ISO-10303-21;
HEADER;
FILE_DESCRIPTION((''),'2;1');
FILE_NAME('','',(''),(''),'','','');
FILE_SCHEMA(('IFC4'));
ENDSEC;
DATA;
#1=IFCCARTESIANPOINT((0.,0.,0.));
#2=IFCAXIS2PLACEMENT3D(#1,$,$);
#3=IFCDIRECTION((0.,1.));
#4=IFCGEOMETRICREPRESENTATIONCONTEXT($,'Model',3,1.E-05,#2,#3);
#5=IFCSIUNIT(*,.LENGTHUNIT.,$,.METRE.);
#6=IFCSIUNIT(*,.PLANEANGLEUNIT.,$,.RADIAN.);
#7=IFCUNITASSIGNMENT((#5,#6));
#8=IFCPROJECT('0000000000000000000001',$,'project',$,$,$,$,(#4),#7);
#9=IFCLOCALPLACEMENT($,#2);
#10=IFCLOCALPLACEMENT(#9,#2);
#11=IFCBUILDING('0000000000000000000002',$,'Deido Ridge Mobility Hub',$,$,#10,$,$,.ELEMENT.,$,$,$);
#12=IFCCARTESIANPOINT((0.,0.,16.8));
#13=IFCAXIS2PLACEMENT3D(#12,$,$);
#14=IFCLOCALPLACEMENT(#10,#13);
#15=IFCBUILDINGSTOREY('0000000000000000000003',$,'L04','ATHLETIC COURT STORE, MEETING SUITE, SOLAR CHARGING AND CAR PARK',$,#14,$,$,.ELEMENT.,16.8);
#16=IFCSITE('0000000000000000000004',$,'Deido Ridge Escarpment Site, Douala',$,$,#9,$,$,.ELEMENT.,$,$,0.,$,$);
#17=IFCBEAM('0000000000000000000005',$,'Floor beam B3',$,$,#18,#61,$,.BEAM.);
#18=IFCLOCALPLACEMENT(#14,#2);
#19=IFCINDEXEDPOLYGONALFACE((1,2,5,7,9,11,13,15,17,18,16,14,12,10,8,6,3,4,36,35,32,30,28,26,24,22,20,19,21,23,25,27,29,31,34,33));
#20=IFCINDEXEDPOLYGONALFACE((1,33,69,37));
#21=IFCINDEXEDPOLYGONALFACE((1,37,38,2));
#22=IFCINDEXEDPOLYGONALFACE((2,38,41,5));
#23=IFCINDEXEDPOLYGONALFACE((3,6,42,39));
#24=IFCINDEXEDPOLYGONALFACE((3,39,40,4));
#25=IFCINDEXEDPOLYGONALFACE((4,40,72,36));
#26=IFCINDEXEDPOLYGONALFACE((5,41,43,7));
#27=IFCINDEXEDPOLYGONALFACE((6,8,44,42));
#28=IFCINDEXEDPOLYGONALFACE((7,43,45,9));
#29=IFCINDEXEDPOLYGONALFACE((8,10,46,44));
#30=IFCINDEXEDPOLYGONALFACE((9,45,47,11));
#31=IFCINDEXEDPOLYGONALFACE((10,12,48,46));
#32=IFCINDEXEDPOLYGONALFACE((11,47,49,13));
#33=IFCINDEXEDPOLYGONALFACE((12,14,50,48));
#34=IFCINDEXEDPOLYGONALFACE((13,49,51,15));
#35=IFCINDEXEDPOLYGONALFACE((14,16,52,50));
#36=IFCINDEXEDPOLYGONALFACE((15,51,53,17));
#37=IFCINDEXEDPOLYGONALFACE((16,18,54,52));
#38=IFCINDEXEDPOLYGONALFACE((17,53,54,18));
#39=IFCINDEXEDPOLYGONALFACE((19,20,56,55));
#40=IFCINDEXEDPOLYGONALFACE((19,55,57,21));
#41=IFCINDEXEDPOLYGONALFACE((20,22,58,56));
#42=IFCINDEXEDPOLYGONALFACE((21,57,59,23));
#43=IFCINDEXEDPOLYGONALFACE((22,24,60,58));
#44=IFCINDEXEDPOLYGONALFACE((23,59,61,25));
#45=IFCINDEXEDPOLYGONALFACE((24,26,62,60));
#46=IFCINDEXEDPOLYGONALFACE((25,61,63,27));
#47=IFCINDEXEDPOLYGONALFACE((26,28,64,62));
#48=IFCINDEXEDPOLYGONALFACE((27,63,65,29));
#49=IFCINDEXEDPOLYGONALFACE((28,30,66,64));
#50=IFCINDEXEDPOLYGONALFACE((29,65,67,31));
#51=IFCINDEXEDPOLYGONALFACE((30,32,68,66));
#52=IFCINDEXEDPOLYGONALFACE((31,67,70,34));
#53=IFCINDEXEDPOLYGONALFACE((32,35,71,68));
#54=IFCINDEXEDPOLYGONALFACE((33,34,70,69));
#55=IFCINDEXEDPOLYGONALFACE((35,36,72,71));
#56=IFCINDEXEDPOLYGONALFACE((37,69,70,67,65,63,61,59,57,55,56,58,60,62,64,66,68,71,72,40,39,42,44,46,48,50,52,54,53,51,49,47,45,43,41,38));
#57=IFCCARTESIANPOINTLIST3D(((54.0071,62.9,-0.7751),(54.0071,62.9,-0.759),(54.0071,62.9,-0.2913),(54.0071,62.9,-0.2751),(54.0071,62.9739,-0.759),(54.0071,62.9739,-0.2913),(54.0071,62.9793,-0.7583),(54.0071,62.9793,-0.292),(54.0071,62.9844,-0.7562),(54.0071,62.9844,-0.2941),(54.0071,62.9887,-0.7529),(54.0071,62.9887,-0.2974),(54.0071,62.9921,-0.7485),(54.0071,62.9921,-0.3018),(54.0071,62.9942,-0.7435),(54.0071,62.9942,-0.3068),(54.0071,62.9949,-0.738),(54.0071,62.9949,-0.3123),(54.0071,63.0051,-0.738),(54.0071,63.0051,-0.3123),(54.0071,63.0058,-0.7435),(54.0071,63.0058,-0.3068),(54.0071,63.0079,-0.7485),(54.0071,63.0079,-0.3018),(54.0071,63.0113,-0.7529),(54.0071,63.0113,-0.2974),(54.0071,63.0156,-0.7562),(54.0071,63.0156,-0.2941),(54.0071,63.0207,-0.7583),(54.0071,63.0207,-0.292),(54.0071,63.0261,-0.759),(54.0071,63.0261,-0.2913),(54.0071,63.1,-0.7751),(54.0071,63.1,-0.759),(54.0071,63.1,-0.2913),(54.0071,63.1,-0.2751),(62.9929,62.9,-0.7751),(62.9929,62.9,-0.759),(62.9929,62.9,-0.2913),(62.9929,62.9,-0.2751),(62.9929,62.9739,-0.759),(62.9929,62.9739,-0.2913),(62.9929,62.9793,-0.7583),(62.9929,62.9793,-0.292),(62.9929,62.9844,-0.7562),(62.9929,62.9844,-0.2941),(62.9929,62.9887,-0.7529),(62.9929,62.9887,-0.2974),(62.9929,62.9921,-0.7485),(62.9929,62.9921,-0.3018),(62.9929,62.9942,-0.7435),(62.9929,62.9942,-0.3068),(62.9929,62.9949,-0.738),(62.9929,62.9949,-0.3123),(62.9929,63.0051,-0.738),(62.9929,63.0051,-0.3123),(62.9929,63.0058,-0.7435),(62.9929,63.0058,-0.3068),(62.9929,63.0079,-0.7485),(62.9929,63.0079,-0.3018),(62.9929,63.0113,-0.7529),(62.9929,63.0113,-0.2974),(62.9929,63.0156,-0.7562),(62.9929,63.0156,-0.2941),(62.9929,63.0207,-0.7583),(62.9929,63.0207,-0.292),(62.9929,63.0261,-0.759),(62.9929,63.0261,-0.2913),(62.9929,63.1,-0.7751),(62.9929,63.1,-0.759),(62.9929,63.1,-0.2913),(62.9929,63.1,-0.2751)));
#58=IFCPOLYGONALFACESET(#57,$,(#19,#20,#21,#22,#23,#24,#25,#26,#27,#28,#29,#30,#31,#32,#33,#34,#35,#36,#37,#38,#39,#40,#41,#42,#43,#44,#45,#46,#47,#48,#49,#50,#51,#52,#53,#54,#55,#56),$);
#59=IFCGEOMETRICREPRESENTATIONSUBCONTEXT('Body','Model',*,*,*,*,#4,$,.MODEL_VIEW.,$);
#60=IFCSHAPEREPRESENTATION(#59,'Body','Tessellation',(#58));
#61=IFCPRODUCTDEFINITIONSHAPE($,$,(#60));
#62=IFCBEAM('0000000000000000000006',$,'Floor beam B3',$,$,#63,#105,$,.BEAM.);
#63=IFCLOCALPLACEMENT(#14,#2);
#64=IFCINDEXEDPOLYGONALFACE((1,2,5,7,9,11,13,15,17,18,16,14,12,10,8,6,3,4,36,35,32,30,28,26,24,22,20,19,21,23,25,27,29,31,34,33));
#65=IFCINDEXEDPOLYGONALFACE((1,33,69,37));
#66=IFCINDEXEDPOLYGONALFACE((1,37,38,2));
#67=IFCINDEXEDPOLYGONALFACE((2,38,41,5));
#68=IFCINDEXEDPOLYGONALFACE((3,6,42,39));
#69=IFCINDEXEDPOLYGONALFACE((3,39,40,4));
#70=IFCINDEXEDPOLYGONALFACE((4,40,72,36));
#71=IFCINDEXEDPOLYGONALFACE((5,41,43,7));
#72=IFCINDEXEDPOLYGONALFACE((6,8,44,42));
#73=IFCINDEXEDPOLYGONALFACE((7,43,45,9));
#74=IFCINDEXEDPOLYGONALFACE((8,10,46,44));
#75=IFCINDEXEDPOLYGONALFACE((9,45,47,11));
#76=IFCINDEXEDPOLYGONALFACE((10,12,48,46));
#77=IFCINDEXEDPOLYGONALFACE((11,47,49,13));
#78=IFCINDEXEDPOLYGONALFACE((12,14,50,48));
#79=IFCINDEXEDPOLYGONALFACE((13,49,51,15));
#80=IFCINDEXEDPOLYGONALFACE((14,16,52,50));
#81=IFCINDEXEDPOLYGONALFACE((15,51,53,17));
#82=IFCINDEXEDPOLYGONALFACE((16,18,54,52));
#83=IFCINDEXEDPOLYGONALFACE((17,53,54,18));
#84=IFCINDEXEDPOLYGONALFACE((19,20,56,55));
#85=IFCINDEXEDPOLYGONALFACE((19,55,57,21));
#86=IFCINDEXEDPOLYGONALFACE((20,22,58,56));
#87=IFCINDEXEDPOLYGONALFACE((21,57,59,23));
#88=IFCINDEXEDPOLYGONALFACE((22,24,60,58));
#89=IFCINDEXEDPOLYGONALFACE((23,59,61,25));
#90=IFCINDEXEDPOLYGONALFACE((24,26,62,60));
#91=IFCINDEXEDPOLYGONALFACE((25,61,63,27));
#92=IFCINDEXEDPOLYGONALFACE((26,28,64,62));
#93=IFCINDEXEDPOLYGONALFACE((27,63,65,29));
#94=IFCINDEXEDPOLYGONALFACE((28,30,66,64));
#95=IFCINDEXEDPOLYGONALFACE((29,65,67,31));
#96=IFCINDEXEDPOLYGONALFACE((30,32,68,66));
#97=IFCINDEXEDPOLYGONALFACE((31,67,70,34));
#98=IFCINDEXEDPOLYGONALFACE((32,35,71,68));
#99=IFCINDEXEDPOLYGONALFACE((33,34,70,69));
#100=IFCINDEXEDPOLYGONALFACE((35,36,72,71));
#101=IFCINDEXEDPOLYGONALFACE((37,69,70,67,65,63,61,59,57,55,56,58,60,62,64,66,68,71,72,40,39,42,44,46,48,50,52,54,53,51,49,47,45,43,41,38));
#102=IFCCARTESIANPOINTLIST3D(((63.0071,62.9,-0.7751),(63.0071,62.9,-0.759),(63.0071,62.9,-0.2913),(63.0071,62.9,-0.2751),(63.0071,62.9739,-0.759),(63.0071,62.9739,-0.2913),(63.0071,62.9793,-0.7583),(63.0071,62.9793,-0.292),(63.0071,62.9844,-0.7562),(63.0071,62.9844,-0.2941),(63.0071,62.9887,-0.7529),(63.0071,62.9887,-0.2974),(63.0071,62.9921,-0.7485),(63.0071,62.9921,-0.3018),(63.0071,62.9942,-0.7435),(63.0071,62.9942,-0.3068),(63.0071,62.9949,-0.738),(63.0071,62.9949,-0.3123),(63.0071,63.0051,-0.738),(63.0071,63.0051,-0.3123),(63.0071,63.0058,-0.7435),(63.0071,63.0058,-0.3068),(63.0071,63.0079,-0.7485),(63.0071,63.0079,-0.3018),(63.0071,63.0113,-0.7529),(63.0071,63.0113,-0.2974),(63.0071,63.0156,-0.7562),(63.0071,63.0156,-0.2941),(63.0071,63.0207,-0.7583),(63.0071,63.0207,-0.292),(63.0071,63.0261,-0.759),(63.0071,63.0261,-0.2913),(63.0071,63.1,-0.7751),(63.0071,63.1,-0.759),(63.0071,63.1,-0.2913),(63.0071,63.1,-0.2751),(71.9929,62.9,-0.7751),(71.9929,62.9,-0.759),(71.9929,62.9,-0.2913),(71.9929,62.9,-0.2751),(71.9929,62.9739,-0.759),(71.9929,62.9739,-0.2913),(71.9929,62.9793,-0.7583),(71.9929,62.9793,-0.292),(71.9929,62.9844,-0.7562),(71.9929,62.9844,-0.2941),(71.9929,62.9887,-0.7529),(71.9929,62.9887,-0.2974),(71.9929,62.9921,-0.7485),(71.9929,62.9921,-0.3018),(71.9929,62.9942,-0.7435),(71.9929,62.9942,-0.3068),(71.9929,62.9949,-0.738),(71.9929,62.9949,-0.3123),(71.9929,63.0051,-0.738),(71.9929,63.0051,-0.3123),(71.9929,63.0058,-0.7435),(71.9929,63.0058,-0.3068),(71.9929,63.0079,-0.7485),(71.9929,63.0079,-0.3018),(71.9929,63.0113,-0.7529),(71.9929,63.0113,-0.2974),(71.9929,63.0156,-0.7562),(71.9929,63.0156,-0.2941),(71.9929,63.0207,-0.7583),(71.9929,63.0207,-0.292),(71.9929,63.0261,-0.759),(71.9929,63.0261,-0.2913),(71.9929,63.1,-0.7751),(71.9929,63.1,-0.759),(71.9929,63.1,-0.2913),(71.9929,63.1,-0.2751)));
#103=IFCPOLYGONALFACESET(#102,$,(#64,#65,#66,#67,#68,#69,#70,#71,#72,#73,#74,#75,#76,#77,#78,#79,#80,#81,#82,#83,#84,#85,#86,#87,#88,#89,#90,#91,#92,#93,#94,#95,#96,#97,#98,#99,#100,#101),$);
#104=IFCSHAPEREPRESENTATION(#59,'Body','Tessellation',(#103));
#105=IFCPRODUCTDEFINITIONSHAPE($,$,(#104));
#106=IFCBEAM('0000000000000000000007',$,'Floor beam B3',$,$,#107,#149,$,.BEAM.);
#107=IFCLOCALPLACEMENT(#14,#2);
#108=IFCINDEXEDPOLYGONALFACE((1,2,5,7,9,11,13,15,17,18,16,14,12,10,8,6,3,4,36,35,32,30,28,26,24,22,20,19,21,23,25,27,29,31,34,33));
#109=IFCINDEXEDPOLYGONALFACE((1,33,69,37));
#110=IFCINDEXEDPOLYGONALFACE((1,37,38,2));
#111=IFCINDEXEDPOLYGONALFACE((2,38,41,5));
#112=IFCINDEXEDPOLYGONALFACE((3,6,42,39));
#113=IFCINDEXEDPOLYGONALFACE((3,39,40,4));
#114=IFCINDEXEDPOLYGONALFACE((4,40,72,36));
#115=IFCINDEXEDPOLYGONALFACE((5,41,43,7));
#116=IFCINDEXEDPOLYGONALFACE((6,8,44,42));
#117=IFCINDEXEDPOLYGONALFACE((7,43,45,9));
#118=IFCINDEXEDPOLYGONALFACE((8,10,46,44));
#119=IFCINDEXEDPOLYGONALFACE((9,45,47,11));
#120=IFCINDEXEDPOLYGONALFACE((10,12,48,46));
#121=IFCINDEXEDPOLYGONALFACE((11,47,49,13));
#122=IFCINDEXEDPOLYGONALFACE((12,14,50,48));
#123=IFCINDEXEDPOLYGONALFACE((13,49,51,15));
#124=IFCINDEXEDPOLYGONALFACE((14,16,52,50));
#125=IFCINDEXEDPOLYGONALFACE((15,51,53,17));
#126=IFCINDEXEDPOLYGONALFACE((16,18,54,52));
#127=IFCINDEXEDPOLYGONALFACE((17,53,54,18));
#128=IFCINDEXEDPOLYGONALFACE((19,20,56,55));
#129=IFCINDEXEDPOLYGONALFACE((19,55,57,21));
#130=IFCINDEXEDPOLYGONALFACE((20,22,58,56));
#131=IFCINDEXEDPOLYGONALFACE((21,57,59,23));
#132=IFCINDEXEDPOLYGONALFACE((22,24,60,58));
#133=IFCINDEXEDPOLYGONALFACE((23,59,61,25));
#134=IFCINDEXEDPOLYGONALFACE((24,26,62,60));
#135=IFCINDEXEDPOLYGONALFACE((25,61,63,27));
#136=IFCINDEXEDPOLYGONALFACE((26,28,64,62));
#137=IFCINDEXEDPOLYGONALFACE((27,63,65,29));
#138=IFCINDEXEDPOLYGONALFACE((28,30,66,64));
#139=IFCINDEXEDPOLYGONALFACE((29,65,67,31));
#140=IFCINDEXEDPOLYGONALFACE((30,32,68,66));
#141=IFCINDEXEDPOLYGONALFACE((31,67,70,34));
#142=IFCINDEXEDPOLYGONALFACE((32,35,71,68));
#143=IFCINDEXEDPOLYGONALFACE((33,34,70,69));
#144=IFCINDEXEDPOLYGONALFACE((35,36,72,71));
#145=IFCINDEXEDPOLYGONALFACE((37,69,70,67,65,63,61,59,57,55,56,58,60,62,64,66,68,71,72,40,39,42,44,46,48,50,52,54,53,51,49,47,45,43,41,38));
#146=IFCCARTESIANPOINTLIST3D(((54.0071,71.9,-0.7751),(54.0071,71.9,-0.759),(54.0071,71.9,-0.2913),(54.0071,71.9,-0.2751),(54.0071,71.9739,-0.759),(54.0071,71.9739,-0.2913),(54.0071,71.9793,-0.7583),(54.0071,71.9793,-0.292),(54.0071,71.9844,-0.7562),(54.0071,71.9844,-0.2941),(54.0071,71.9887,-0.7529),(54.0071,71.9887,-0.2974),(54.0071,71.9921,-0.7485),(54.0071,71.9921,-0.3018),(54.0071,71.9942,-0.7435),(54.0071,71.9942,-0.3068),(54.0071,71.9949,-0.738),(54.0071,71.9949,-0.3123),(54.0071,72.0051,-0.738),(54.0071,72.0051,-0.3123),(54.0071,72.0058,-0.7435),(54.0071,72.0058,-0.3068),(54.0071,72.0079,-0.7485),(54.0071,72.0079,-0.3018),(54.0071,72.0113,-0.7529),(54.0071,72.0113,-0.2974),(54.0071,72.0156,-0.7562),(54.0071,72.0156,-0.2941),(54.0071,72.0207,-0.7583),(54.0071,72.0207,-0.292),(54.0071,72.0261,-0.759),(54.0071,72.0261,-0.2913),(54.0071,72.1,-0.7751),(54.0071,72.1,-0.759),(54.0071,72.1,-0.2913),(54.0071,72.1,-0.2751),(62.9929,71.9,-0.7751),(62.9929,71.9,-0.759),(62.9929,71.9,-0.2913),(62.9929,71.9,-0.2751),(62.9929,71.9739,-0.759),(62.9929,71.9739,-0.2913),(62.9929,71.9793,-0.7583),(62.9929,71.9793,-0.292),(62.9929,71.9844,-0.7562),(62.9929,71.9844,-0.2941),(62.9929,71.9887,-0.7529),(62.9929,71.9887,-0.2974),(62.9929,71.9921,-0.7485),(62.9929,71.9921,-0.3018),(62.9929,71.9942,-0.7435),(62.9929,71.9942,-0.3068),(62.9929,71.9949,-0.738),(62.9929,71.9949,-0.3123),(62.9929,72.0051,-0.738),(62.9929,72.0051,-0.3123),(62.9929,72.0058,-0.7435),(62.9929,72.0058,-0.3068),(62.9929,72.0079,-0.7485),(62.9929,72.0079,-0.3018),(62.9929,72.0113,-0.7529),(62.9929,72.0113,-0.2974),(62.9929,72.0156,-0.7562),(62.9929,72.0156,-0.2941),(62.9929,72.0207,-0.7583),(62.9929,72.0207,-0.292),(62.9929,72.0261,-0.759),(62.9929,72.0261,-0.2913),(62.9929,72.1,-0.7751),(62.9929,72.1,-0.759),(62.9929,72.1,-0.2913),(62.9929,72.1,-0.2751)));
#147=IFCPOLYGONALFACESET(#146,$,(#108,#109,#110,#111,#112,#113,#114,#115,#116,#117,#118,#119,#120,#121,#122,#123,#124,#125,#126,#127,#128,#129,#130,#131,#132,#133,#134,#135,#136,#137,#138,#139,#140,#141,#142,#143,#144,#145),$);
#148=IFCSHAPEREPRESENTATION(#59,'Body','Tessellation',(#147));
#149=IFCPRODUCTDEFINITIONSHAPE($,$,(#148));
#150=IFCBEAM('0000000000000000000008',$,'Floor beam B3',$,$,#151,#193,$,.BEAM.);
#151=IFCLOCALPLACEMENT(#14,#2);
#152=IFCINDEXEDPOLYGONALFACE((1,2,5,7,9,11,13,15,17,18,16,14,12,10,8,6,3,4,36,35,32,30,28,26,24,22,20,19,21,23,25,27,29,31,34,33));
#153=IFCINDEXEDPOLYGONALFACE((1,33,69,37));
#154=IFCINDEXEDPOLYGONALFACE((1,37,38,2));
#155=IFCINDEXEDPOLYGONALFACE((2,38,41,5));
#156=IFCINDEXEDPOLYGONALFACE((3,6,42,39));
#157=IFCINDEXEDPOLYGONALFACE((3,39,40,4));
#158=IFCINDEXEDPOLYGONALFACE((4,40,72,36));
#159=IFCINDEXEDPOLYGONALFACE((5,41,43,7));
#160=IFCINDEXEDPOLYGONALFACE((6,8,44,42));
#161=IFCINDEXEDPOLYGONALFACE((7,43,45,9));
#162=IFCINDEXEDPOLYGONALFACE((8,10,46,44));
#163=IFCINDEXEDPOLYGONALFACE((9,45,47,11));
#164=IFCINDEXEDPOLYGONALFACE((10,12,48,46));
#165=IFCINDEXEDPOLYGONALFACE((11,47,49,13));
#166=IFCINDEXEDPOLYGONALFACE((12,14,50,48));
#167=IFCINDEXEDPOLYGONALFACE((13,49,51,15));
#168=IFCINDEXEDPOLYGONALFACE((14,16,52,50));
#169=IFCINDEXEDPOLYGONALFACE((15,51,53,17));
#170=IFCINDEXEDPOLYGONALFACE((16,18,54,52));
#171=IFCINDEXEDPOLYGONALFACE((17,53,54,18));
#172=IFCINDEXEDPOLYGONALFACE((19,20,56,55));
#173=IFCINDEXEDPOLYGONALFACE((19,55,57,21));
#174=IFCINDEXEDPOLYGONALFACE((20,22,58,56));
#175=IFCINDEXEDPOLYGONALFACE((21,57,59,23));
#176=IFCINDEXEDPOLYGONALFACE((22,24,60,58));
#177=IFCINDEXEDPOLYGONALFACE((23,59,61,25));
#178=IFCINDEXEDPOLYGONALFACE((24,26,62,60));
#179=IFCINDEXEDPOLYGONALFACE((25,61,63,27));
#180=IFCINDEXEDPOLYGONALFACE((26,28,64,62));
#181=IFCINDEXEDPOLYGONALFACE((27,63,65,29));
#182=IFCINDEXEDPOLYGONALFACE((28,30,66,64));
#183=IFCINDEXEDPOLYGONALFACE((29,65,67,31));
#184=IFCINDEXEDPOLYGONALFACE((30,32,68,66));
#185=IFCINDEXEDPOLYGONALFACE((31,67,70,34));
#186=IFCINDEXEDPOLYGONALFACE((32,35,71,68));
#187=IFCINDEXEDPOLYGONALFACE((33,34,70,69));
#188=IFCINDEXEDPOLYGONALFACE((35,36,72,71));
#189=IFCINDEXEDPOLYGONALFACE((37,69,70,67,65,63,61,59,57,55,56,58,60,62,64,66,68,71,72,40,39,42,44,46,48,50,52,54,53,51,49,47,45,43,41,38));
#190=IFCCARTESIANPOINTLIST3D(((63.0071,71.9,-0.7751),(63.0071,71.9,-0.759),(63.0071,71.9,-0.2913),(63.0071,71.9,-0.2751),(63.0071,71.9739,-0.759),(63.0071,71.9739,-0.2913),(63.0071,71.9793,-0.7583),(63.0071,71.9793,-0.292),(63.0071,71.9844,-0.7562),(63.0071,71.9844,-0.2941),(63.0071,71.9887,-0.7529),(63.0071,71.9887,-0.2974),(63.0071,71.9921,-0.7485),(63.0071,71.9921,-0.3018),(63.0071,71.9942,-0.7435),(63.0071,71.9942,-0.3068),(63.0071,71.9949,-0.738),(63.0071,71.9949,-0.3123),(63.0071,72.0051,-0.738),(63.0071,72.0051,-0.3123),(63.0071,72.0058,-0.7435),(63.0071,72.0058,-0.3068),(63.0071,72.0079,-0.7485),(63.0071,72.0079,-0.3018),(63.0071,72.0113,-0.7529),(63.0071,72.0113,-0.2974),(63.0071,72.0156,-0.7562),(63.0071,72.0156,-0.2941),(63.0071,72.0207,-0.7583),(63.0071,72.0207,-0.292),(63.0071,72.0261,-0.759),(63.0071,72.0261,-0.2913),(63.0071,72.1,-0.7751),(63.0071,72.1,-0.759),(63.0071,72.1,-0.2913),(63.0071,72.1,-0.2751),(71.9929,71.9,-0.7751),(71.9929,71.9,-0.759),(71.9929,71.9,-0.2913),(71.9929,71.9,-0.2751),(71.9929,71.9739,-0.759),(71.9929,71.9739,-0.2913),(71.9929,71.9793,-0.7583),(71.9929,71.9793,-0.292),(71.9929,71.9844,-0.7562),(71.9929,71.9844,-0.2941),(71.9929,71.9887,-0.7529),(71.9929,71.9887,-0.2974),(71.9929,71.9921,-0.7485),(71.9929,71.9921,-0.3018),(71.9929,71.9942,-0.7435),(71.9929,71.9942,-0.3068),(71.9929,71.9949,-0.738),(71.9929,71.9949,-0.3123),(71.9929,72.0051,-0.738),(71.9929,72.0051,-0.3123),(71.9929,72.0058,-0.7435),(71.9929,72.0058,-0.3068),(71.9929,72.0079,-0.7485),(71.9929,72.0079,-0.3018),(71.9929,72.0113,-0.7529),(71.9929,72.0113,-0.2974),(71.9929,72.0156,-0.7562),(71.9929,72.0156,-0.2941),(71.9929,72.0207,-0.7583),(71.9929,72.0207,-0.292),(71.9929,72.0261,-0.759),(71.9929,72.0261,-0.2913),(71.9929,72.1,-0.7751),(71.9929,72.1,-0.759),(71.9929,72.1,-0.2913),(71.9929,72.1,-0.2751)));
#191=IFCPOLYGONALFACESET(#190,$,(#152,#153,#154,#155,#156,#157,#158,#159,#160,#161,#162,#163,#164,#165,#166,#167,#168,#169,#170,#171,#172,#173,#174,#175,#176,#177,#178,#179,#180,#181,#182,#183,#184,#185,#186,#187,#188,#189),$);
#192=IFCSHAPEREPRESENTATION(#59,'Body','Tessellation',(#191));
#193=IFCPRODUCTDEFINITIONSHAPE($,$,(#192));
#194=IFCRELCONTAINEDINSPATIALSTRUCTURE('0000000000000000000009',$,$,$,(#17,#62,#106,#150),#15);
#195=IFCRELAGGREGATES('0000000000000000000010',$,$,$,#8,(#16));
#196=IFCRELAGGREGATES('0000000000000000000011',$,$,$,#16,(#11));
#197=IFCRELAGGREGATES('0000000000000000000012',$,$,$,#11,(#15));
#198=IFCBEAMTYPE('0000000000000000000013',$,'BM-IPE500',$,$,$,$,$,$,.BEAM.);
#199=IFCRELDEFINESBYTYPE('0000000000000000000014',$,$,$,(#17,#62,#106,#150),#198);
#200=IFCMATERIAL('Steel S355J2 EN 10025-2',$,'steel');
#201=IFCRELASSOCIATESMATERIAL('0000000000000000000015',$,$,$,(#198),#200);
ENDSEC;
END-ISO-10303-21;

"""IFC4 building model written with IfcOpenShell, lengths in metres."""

from ifc_helpers import new_model, si_unit, direction, frame, origin, origin_2d, place, context, subcontext, project, spatial, i_section, extrude, material, material_profile, profile_set, type_object, element, save


model = new_model("IFC4")

# Units and contexts
model_context = context("Model", 3, precision=1e-05, world=origin(), true_north=direction((0.0, 1.0)))
body_context = subcontext(model_context, "Body", "Model", "MODEL_VIEW")
ifc_project = project(units=[si_unit("LENGTHUNIT", "METRE"), si_unit("PLANEANGLEUNIT", "RADIAN")], contexts=[model_context])

# Site, building, storey
site_placement = place(None, origin())
site = spatial("IfcSite", under=ifc_project, at=site_placement, Name="Deido Ridge Escarpment Site, Douala", CompositionType="ELEMENT", RefElevation=0.0)
building_placement = place(site_placement, origin())
building = spatial("IfcBuilding", under=site, at=building_placement, Name="Deido Ridge Mobility Hub", CompositionType="ELEMENT")
storey_placement = place(building_placement, frame((0.0, 0.0, 16.8)))
storey = spatial("IfcBuildingStorey", under=building, at=storey_placement, Name="L04", Description="ATHLETIC COURT STORE, MEETING SUITE, SOLAR CHARGING AND CAR PARK", CompositionType="ELEMENT", Elevation=16.8)

# Shared definitions
ifc_material_1 = material(Name="Steel S355J2 EN 10025-2", Category="steel")

# Beams
ifc_material_profile_1 = material_profile(ifc_material_1, i_section(OverallWidth=0.2, OverallDepth=0.5, WebThickness=0.0103, FlangeThickness=0.0161, FilletRadius=0.021, at=origin_2d()), Name="IPE 500")
ifc_profile_set_1 = profile_set([ifc_material_profile_1], Name="Steel S355J2 EN 10025-2")
beam_type_1 = type_object("IfcBeamType", Name="BM-IPE500", PredefinedType="BEAM", material=ifc_profile_set_1)
for number, where, z_axis, x_axis, name in (
    (1, (54.0071, 63.0, -0.5251), (1.0, 0.0, 0.0), (0.0, 1.0, 0.0), "Floor beam B3"),
    (2, (63.0071, 63.0, -0.5251), (1.0, 0.0, 0.0), (0.0, 1.0, 0.0), "Floor beam B3"),
    (3, (54.0071, 72.0, -0.5251), (1.0, 0.0, 0.0), (0.0, 1.0, 0.0), "Floor beam B3"),
    (4, (63.0071, 72.0, -0.5251), (1.0, 0.0, 0.0), (0.0, 1.0, 0.0), "Floor beam B3"),
):
    element("IfcBeam", number, at=place(storey_placement, frame(where, z_axis=z_axis, x_axis=x_axis)), inside=storey, type_object=beam_type_1, Name=name, PredefinedType="BEAM", context=body_context, shape_type="SweptSolid", body=[
        extrude(i_section(OverallWidth=0.2, OverallDepth=0.5, WebThickness=0.0103, FlangeThickness=0.0161, FilletRadius=0.021, at=origin_2d()), origin(), (0.0, 0.0, 1.0), 8.9858),
    ])

save(model, "model.ifc")
